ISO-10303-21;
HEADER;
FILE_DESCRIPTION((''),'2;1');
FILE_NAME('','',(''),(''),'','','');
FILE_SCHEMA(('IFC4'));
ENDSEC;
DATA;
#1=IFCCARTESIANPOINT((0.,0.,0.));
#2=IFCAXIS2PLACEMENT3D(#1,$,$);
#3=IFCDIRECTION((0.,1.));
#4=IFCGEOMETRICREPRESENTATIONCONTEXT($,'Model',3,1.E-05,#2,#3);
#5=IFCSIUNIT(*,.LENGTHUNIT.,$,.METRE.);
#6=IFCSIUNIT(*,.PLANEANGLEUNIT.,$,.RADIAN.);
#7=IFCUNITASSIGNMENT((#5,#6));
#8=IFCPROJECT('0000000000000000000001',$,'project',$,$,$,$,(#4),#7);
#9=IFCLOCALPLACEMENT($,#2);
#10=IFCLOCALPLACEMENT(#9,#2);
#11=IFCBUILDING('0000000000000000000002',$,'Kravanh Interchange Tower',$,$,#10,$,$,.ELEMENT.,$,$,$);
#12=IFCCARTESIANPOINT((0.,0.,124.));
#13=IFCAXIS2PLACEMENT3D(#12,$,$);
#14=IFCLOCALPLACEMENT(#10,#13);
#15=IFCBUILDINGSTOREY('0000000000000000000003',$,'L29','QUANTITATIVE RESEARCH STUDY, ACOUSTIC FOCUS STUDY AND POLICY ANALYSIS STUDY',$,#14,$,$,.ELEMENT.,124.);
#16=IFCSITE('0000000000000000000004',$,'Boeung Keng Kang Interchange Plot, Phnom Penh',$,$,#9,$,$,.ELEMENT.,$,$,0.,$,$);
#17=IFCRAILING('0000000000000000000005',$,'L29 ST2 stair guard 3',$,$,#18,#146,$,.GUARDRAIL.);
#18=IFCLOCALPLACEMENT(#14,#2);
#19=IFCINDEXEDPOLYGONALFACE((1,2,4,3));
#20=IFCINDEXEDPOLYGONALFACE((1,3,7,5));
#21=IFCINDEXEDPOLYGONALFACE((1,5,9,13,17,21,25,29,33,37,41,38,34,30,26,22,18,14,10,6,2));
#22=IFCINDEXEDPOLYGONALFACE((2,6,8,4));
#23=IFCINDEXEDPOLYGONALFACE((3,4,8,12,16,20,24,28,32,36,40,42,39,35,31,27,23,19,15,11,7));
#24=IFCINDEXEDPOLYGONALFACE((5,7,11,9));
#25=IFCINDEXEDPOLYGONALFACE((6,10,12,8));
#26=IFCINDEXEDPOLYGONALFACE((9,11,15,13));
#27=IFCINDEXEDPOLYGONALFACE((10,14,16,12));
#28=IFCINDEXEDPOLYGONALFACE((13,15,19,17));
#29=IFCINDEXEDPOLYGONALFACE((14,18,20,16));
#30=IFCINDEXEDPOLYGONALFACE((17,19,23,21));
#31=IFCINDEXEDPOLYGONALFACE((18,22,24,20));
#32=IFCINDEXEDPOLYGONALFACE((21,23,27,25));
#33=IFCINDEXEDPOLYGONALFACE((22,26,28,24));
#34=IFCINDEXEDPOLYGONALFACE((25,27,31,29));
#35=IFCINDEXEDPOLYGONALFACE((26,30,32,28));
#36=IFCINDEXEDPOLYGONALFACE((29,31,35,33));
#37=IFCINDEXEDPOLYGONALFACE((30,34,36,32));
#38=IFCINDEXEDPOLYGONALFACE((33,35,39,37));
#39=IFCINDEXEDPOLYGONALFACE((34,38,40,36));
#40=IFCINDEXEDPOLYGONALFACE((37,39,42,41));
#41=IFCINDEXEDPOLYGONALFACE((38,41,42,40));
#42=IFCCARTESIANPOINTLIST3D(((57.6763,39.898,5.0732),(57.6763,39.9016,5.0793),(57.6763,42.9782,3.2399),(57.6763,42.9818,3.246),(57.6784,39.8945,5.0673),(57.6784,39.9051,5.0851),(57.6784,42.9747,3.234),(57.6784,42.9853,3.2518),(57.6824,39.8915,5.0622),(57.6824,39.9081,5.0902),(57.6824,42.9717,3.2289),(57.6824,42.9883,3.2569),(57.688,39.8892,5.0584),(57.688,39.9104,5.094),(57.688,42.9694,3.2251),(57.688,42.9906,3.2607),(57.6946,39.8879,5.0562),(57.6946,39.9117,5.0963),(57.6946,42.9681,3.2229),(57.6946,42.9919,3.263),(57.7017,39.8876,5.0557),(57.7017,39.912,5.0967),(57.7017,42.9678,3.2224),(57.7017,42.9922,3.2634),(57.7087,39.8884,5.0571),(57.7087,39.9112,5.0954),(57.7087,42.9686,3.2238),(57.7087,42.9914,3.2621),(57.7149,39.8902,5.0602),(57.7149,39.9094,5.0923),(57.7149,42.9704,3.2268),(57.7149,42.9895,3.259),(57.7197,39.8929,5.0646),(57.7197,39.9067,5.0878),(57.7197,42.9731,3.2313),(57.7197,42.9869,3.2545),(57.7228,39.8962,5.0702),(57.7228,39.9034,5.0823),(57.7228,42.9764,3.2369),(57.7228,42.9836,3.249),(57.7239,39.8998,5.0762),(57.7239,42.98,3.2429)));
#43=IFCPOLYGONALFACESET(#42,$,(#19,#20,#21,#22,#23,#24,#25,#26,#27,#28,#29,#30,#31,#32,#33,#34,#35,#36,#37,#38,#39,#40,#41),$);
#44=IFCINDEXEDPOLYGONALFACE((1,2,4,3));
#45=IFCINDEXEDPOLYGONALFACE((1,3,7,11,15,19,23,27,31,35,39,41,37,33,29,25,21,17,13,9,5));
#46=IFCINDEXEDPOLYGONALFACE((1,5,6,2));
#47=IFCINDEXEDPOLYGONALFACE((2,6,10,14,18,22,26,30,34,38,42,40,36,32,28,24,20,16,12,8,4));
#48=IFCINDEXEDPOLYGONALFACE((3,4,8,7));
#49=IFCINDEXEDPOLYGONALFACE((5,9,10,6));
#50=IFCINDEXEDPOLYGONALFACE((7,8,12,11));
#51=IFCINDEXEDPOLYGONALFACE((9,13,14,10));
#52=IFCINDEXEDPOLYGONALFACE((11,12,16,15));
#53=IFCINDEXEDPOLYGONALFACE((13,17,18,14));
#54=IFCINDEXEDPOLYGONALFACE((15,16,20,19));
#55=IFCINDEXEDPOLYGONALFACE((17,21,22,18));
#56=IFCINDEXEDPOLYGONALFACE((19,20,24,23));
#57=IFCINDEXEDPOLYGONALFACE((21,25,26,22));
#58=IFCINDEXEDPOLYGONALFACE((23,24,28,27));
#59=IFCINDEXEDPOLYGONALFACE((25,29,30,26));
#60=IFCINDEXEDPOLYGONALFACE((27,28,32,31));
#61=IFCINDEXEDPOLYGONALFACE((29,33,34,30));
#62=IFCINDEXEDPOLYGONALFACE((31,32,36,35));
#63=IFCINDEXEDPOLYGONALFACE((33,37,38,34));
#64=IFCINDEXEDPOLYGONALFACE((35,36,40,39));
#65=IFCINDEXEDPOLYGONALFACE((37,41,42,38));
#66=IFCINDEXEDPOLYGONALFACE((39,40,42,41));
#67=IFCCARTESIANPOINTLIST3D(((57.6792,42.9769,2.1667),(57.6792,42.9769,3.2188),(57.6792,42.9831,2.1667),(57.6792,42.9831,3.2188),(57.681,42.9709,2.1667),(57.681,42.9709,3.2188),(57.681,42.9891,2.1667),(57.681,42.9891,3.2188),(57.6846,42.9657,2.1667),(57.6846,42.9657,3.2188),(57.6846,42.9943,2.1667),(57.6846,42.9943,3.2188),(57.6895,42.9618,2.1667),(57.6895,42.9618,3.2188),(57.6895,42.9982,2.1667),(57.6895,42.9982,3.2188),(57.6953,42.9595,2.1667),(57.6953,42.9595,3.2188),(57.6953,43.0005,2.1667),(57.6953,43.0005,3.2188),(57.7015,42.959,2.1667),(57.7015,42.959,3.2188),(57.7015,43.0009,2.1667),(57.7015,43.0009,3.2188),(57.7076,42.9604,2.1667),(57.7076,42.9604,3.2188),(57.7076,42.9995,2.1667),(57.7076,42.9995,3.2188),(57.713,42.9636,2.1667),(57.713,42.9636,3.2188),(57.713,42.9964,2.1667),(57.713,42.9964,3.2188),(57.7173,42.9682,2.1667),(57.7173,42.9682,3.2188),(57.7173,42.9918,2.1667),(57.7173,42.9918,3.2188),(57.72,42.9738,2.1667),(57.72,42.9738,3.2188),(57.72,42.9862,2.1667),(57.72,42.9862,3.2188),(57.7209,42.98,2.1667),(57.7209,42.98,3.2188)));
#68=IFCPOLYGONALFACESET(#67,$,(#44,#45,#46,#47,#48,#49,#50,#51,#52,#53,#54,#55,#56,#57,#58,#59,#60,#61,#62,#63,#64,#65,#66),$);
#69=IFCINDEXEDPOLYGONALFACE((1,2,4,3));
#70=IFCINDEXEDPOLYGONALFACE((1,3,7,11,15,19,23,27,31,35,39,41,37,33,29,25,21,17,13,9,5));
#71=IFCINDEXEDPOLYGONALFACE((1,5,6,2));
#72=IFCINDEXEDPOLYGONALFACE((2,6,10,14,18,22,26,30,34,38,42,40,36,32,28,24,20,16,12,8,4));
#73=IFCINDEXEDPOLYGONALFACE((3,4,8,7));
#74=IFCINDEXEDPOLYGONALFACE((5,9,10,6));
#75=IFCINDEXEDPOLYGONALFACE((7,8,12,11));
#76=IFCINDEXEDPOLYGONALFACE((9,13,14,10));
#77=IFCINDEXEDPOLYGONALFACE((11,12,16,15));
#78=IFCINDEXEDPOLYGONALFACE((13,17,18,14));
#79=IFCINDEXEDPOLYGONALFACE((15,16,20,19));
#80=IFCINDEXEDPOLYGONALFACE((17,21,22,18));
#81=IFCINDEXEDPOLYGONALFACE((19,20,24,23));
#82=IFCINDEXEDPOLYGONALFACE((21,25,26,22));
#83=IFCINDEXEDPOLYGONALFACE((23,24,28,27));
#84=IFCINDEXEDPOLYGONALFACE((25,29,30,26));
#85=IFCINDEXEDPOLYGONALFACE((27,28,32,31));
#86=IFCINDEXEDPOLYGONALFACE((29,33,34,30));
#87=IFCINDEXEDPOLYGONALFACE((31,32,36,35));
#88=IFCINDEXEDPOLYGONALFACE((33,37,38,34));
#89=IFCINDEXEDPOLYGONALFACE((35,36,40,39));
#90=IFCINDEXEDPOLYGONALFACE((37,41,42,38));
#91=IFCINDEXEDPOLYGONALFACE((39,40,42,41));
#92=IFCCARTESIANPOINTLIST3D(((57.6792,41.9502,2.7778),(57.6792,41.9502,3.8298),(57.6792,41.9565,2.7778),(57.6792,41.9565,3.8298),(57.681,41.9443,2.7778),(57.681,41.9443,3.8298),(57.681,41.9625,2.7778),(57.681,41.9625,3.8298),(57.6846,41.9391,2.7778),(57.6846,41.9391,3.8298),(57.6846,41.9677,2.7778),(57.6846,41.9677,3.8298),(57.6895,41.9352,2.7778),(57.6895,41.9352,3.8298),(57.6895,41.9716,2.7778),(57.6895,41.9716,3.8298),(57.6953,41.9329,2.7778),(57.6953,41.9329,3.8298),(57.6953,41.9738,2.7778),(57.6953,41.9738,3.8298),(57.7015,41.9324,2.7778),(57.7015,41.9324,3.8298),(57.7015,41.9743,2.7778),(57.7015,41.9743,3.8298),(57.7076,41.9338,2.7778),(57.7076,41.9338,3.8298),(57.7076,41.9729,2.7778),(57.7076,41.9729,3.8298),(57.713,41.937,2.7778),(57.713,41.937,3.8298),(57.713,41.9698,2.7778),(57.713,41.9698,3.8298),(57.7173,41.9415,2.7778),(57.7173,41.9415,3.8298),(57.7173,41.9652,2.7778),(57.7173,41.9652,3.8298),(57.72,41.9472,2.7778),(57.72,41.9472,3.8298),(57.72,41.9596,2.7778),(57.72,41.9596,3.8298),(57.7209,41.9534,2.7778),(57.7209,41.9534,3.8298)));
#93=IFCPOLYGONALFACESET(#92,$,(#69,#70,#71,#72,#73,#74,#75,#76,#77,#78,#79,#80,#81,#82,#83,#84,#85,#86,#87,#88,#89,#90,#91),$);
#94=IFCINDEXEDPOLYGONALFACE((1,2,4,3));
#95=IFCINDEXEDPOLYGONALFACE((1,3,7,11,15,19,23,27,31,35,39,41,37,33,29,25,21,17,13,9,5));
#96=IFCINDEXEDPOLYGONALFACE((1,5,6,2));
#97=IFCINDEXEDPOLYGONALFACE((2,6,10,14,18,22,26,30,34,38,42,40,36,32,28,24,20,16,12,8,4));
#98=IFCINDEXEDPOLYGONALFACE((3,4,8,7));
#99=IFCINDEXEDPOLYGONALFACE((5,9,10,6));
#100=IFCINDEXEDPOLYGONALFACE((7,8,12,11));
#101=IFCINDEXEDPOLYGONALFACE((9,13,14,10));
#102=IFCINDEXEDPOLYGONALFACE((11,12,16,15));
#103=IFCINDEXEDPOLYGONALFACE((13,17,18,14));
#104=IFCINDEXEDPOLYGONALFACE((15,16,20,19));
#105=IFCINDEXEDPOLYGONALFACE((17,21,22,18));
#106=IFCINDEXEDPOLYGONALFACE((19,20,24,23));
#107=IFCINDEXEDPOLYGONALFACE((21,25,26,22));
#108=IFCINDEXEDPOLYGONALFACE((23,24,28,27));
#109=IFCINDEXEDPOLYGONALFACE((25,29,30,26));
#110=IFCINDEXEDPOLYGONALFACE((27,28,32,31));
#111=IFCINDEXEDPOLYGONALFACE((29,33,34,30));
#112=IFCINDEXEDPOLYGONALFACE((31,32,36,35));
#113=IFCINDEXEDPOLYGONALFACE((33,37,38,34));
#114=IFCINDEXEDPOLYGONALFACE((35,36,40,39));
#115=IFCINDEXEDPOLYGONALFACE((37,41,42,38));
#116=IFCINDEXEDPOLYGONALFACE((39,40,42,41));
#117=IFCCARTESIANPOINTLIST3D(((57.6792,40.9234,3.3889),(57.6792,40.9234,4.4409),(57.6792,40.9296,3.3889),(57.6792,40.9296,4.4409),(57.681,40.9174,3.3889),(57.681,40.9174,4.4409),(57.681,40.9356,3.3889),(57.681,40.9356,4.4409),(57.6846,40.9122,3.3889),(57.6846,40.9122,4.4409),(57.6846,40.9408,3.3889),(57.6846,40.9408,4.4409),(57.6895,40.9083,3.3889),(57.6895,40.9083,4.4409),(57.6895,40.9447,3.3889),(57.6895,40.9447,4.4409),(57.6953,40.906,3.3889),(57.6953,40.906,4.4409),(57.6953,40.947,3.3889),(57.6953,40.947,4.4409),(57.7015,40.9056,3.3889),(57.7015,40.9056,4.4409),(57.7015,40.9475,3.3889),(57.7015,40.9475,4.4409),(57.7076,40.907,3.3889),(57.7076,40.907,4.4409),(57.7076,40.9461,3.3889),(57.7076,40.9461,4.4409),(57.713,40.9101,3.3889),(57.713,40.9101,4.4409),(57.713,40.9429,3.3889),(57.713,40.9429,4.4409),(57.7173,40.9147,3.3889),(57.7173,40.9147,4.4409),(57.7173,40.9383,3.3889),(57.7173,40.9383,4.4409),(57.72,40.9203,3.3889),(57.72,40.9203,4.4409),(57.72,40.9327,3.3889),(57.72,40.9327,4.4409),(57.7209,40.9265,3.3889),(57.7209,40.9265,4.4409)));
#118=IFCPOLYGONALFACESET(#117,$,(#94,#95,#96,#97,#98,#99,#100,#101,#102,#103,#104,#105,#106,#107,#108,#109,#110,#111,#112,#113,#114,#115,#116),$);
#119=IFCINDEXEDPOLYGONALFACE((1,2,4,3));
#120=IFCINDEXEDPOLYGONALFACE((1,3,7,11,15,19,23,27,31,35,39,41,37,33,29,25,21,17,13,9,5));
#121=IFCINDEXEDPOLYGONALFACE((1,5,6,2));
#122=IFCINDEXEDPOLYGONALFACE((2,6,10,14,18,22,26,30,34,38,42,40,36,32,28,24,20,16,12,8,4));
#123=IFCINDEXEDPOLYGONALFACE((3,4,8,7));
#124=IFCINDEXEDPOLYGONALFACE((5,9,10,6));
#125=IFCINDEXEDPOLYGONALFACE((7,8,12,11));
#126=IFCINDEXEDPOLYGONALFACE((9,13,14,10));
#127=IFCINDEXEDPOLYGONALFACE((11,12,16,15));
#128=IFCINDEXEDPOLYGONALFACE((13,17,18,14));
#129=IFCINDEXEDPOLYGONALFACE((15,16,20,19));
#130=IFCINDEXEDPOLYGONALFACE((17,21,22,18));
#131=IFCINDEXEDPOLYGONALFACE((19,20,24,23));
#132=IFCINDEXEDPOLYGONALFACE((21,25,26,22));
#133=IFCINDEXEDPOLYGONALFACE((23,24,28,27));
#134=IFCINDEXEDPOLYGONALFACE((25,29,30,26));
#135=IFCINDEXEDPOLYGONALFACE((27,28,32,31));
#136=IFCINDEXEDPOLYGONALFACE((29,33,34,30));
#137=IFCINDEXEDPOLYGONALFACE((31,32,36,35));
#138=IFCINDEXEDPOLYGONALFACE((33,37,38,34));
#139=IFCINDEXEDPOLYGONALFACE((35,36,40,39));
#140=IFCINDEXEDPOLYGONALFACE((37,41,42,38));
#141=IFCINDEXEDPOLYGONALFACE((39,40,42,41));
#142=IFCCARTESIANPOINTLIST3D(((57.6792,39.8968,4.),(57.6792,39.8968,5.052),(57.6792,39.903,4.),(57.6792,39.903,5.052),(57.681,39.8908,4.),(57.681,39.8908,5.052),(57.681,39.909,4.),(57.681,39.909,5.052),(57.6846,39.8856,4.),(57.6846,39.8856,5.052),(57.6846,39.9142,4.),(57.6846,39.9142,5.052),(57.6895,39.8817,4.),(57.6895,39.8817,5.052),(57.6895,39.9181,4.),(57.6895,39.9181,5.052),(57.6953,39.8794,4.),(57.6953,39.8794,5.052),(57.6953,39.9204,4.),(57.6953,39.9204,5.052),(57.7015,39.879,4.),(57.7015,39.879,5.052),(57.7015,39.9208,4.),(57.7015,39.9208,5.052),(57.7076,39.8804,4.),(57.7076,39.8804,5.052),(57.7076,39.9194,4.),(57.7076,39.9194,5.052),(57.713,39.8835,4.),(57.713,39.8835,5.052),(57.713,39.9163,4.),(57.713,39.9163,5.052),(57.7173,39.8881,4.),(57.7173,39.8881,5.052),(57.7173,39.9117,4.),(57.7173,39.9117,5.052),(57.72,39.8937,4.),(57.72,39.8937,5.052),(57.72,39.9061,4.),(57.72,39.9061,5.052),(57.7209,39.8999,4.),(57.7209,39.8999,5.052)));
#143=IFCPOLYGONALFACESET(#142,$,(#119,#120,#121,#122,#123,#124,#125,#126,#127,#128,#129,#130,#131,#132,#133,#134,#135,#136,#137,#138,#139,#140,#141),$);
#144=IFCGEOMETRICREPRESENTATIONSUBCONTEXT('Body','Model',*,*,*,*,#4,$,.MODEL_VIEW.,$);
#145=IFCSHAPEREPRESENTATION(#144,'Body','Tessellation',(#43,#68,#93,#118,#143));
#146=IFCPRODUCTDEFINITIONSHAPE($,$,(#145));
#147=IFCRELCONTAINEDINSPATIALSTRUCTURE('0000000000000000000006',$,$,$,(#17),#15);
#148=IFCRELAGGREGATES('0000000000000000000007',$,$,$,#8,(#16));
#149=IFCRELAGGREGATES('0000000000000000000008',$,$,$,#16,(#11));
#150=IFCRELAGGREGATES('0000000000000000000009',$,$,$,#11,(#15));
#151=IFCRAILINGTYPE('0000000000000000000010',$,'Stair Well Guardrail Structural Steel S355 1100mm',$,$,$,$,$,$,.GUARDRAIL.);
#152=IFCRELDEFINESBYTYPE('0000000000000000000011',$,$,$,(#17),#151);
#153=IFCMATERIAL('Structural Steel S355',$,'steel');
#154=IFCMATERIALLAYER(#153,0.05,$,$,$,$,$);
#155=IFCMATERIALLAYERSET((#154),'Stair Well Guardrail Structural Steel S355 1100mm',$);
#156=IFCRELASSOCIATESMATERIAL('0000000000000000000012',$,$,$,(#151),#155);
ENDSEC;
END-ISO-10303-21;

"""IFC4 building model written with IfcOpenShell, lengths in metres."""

from ifc_helpers import new_model, si_unit, direction, frame, origin, origin_2d, place, context, subcontext, project, spatial, circle, extrude, material, layer, layer_set, type_object, element, save


model = new_model("IFC4")

# Units and contexts
model_context = context("Model", 3, precision=1e-05, world=origin(), true_north=direction((0.0, 1.0)))
body_context = subcontext(model_context, "Body", "Model", "MODEL_VIEW")
ifc_project = project(units=[si_unit("LENGTHUNIT", "METRE"), si_unit("PLANEANGLEUNIT", "RADIAN")], contexts=[model_context])

# Site, building, storey
site_placement = place(None, origin())
site = spatial("IfcSite", under=ifc_project, at=site_placement, Name="Boeung Keng Kang Interchange Plot, Phnom Penh", CompositionType="ELEMENT", RefElevation=0.0)
building_placement = place(site_placement, origin())
building = spatial("IfcBuilding", under=site, at=building_placement, Name="Kravanh Interchange Tower", CompositionType="ELEMENT")
storey_placement = place(building_placement, frame((0.0, 0.0, 124.0)))
storey = spatial("IfcBuildingStorey", under=building, at=storey_placement, Name="L29", Description="QUANTITATIVE RESEARCH STUDY, ACOUSTIC FOCUS STUDY AND POLICY ANALYSIS STUDY", CompositionType="ELEMENT", Elevation=124.0)

# Railing
ifc_material_1 = material(Name="Structural Steel S355", Category="steel")
ifc_layer_1 = layer(ifc_material_1, 0.05)
ifc_layer_set_1 = layer_set([ifc_layer_1], Name="Stair Well Guardrail Structural Steel S355 1100mm")
railing_type_1 = type_object("IfcRailingType", Name="Stair Well Guardrail Structural Steel S355 1100mm", PredefinedType="GUARDRAIL", material=ifc_layer_set_1)
railing_1_placement = place(storey_placement, frame((57.7, 42.98, 2.1667)))
element("IfcRailing", 1, at=railing_1_placement, inside=storey, type_object=railing_type_1, Name="L29 ST2 stair guard 3", PredefinedType="GUARDRAIL", context=body_context, shape_type="SweptSolid", body=[
    extrude(circle(Radius=0.0239, at=origin_2d()), frame((0.0, 0.0, 1.0762), z_axis=(0.0, -0.859309, 0.511458), x_axis=(1.0, 0.0, 0.0)), (0.0, 0.0, 1.0), 3.5845),
    extrude(circle(Radius=0.021, at=origin_2d()), origin(), (0.0, 0.0, 1.0), 1.052),
    extrude(circle(Radius=0.021, at=origin_2d()), frame((0.0, -1.0266, 0.6111)), (0.0, 0.0, 1.0), 1.052),
    extrude(circle(Radius=0.021, at=origin_2d()), frame((0.0, -2.0535, 1.2222)), (0.0, 0.0, 1.0), 1.052),
    extrude(circle(Radius=0.021, at=origin_2d()), frame((0.0, -3.0801, 1.8333)), (0.0, 0.0, 1.0), 1.052),
])

save(model, "model.ifc")
